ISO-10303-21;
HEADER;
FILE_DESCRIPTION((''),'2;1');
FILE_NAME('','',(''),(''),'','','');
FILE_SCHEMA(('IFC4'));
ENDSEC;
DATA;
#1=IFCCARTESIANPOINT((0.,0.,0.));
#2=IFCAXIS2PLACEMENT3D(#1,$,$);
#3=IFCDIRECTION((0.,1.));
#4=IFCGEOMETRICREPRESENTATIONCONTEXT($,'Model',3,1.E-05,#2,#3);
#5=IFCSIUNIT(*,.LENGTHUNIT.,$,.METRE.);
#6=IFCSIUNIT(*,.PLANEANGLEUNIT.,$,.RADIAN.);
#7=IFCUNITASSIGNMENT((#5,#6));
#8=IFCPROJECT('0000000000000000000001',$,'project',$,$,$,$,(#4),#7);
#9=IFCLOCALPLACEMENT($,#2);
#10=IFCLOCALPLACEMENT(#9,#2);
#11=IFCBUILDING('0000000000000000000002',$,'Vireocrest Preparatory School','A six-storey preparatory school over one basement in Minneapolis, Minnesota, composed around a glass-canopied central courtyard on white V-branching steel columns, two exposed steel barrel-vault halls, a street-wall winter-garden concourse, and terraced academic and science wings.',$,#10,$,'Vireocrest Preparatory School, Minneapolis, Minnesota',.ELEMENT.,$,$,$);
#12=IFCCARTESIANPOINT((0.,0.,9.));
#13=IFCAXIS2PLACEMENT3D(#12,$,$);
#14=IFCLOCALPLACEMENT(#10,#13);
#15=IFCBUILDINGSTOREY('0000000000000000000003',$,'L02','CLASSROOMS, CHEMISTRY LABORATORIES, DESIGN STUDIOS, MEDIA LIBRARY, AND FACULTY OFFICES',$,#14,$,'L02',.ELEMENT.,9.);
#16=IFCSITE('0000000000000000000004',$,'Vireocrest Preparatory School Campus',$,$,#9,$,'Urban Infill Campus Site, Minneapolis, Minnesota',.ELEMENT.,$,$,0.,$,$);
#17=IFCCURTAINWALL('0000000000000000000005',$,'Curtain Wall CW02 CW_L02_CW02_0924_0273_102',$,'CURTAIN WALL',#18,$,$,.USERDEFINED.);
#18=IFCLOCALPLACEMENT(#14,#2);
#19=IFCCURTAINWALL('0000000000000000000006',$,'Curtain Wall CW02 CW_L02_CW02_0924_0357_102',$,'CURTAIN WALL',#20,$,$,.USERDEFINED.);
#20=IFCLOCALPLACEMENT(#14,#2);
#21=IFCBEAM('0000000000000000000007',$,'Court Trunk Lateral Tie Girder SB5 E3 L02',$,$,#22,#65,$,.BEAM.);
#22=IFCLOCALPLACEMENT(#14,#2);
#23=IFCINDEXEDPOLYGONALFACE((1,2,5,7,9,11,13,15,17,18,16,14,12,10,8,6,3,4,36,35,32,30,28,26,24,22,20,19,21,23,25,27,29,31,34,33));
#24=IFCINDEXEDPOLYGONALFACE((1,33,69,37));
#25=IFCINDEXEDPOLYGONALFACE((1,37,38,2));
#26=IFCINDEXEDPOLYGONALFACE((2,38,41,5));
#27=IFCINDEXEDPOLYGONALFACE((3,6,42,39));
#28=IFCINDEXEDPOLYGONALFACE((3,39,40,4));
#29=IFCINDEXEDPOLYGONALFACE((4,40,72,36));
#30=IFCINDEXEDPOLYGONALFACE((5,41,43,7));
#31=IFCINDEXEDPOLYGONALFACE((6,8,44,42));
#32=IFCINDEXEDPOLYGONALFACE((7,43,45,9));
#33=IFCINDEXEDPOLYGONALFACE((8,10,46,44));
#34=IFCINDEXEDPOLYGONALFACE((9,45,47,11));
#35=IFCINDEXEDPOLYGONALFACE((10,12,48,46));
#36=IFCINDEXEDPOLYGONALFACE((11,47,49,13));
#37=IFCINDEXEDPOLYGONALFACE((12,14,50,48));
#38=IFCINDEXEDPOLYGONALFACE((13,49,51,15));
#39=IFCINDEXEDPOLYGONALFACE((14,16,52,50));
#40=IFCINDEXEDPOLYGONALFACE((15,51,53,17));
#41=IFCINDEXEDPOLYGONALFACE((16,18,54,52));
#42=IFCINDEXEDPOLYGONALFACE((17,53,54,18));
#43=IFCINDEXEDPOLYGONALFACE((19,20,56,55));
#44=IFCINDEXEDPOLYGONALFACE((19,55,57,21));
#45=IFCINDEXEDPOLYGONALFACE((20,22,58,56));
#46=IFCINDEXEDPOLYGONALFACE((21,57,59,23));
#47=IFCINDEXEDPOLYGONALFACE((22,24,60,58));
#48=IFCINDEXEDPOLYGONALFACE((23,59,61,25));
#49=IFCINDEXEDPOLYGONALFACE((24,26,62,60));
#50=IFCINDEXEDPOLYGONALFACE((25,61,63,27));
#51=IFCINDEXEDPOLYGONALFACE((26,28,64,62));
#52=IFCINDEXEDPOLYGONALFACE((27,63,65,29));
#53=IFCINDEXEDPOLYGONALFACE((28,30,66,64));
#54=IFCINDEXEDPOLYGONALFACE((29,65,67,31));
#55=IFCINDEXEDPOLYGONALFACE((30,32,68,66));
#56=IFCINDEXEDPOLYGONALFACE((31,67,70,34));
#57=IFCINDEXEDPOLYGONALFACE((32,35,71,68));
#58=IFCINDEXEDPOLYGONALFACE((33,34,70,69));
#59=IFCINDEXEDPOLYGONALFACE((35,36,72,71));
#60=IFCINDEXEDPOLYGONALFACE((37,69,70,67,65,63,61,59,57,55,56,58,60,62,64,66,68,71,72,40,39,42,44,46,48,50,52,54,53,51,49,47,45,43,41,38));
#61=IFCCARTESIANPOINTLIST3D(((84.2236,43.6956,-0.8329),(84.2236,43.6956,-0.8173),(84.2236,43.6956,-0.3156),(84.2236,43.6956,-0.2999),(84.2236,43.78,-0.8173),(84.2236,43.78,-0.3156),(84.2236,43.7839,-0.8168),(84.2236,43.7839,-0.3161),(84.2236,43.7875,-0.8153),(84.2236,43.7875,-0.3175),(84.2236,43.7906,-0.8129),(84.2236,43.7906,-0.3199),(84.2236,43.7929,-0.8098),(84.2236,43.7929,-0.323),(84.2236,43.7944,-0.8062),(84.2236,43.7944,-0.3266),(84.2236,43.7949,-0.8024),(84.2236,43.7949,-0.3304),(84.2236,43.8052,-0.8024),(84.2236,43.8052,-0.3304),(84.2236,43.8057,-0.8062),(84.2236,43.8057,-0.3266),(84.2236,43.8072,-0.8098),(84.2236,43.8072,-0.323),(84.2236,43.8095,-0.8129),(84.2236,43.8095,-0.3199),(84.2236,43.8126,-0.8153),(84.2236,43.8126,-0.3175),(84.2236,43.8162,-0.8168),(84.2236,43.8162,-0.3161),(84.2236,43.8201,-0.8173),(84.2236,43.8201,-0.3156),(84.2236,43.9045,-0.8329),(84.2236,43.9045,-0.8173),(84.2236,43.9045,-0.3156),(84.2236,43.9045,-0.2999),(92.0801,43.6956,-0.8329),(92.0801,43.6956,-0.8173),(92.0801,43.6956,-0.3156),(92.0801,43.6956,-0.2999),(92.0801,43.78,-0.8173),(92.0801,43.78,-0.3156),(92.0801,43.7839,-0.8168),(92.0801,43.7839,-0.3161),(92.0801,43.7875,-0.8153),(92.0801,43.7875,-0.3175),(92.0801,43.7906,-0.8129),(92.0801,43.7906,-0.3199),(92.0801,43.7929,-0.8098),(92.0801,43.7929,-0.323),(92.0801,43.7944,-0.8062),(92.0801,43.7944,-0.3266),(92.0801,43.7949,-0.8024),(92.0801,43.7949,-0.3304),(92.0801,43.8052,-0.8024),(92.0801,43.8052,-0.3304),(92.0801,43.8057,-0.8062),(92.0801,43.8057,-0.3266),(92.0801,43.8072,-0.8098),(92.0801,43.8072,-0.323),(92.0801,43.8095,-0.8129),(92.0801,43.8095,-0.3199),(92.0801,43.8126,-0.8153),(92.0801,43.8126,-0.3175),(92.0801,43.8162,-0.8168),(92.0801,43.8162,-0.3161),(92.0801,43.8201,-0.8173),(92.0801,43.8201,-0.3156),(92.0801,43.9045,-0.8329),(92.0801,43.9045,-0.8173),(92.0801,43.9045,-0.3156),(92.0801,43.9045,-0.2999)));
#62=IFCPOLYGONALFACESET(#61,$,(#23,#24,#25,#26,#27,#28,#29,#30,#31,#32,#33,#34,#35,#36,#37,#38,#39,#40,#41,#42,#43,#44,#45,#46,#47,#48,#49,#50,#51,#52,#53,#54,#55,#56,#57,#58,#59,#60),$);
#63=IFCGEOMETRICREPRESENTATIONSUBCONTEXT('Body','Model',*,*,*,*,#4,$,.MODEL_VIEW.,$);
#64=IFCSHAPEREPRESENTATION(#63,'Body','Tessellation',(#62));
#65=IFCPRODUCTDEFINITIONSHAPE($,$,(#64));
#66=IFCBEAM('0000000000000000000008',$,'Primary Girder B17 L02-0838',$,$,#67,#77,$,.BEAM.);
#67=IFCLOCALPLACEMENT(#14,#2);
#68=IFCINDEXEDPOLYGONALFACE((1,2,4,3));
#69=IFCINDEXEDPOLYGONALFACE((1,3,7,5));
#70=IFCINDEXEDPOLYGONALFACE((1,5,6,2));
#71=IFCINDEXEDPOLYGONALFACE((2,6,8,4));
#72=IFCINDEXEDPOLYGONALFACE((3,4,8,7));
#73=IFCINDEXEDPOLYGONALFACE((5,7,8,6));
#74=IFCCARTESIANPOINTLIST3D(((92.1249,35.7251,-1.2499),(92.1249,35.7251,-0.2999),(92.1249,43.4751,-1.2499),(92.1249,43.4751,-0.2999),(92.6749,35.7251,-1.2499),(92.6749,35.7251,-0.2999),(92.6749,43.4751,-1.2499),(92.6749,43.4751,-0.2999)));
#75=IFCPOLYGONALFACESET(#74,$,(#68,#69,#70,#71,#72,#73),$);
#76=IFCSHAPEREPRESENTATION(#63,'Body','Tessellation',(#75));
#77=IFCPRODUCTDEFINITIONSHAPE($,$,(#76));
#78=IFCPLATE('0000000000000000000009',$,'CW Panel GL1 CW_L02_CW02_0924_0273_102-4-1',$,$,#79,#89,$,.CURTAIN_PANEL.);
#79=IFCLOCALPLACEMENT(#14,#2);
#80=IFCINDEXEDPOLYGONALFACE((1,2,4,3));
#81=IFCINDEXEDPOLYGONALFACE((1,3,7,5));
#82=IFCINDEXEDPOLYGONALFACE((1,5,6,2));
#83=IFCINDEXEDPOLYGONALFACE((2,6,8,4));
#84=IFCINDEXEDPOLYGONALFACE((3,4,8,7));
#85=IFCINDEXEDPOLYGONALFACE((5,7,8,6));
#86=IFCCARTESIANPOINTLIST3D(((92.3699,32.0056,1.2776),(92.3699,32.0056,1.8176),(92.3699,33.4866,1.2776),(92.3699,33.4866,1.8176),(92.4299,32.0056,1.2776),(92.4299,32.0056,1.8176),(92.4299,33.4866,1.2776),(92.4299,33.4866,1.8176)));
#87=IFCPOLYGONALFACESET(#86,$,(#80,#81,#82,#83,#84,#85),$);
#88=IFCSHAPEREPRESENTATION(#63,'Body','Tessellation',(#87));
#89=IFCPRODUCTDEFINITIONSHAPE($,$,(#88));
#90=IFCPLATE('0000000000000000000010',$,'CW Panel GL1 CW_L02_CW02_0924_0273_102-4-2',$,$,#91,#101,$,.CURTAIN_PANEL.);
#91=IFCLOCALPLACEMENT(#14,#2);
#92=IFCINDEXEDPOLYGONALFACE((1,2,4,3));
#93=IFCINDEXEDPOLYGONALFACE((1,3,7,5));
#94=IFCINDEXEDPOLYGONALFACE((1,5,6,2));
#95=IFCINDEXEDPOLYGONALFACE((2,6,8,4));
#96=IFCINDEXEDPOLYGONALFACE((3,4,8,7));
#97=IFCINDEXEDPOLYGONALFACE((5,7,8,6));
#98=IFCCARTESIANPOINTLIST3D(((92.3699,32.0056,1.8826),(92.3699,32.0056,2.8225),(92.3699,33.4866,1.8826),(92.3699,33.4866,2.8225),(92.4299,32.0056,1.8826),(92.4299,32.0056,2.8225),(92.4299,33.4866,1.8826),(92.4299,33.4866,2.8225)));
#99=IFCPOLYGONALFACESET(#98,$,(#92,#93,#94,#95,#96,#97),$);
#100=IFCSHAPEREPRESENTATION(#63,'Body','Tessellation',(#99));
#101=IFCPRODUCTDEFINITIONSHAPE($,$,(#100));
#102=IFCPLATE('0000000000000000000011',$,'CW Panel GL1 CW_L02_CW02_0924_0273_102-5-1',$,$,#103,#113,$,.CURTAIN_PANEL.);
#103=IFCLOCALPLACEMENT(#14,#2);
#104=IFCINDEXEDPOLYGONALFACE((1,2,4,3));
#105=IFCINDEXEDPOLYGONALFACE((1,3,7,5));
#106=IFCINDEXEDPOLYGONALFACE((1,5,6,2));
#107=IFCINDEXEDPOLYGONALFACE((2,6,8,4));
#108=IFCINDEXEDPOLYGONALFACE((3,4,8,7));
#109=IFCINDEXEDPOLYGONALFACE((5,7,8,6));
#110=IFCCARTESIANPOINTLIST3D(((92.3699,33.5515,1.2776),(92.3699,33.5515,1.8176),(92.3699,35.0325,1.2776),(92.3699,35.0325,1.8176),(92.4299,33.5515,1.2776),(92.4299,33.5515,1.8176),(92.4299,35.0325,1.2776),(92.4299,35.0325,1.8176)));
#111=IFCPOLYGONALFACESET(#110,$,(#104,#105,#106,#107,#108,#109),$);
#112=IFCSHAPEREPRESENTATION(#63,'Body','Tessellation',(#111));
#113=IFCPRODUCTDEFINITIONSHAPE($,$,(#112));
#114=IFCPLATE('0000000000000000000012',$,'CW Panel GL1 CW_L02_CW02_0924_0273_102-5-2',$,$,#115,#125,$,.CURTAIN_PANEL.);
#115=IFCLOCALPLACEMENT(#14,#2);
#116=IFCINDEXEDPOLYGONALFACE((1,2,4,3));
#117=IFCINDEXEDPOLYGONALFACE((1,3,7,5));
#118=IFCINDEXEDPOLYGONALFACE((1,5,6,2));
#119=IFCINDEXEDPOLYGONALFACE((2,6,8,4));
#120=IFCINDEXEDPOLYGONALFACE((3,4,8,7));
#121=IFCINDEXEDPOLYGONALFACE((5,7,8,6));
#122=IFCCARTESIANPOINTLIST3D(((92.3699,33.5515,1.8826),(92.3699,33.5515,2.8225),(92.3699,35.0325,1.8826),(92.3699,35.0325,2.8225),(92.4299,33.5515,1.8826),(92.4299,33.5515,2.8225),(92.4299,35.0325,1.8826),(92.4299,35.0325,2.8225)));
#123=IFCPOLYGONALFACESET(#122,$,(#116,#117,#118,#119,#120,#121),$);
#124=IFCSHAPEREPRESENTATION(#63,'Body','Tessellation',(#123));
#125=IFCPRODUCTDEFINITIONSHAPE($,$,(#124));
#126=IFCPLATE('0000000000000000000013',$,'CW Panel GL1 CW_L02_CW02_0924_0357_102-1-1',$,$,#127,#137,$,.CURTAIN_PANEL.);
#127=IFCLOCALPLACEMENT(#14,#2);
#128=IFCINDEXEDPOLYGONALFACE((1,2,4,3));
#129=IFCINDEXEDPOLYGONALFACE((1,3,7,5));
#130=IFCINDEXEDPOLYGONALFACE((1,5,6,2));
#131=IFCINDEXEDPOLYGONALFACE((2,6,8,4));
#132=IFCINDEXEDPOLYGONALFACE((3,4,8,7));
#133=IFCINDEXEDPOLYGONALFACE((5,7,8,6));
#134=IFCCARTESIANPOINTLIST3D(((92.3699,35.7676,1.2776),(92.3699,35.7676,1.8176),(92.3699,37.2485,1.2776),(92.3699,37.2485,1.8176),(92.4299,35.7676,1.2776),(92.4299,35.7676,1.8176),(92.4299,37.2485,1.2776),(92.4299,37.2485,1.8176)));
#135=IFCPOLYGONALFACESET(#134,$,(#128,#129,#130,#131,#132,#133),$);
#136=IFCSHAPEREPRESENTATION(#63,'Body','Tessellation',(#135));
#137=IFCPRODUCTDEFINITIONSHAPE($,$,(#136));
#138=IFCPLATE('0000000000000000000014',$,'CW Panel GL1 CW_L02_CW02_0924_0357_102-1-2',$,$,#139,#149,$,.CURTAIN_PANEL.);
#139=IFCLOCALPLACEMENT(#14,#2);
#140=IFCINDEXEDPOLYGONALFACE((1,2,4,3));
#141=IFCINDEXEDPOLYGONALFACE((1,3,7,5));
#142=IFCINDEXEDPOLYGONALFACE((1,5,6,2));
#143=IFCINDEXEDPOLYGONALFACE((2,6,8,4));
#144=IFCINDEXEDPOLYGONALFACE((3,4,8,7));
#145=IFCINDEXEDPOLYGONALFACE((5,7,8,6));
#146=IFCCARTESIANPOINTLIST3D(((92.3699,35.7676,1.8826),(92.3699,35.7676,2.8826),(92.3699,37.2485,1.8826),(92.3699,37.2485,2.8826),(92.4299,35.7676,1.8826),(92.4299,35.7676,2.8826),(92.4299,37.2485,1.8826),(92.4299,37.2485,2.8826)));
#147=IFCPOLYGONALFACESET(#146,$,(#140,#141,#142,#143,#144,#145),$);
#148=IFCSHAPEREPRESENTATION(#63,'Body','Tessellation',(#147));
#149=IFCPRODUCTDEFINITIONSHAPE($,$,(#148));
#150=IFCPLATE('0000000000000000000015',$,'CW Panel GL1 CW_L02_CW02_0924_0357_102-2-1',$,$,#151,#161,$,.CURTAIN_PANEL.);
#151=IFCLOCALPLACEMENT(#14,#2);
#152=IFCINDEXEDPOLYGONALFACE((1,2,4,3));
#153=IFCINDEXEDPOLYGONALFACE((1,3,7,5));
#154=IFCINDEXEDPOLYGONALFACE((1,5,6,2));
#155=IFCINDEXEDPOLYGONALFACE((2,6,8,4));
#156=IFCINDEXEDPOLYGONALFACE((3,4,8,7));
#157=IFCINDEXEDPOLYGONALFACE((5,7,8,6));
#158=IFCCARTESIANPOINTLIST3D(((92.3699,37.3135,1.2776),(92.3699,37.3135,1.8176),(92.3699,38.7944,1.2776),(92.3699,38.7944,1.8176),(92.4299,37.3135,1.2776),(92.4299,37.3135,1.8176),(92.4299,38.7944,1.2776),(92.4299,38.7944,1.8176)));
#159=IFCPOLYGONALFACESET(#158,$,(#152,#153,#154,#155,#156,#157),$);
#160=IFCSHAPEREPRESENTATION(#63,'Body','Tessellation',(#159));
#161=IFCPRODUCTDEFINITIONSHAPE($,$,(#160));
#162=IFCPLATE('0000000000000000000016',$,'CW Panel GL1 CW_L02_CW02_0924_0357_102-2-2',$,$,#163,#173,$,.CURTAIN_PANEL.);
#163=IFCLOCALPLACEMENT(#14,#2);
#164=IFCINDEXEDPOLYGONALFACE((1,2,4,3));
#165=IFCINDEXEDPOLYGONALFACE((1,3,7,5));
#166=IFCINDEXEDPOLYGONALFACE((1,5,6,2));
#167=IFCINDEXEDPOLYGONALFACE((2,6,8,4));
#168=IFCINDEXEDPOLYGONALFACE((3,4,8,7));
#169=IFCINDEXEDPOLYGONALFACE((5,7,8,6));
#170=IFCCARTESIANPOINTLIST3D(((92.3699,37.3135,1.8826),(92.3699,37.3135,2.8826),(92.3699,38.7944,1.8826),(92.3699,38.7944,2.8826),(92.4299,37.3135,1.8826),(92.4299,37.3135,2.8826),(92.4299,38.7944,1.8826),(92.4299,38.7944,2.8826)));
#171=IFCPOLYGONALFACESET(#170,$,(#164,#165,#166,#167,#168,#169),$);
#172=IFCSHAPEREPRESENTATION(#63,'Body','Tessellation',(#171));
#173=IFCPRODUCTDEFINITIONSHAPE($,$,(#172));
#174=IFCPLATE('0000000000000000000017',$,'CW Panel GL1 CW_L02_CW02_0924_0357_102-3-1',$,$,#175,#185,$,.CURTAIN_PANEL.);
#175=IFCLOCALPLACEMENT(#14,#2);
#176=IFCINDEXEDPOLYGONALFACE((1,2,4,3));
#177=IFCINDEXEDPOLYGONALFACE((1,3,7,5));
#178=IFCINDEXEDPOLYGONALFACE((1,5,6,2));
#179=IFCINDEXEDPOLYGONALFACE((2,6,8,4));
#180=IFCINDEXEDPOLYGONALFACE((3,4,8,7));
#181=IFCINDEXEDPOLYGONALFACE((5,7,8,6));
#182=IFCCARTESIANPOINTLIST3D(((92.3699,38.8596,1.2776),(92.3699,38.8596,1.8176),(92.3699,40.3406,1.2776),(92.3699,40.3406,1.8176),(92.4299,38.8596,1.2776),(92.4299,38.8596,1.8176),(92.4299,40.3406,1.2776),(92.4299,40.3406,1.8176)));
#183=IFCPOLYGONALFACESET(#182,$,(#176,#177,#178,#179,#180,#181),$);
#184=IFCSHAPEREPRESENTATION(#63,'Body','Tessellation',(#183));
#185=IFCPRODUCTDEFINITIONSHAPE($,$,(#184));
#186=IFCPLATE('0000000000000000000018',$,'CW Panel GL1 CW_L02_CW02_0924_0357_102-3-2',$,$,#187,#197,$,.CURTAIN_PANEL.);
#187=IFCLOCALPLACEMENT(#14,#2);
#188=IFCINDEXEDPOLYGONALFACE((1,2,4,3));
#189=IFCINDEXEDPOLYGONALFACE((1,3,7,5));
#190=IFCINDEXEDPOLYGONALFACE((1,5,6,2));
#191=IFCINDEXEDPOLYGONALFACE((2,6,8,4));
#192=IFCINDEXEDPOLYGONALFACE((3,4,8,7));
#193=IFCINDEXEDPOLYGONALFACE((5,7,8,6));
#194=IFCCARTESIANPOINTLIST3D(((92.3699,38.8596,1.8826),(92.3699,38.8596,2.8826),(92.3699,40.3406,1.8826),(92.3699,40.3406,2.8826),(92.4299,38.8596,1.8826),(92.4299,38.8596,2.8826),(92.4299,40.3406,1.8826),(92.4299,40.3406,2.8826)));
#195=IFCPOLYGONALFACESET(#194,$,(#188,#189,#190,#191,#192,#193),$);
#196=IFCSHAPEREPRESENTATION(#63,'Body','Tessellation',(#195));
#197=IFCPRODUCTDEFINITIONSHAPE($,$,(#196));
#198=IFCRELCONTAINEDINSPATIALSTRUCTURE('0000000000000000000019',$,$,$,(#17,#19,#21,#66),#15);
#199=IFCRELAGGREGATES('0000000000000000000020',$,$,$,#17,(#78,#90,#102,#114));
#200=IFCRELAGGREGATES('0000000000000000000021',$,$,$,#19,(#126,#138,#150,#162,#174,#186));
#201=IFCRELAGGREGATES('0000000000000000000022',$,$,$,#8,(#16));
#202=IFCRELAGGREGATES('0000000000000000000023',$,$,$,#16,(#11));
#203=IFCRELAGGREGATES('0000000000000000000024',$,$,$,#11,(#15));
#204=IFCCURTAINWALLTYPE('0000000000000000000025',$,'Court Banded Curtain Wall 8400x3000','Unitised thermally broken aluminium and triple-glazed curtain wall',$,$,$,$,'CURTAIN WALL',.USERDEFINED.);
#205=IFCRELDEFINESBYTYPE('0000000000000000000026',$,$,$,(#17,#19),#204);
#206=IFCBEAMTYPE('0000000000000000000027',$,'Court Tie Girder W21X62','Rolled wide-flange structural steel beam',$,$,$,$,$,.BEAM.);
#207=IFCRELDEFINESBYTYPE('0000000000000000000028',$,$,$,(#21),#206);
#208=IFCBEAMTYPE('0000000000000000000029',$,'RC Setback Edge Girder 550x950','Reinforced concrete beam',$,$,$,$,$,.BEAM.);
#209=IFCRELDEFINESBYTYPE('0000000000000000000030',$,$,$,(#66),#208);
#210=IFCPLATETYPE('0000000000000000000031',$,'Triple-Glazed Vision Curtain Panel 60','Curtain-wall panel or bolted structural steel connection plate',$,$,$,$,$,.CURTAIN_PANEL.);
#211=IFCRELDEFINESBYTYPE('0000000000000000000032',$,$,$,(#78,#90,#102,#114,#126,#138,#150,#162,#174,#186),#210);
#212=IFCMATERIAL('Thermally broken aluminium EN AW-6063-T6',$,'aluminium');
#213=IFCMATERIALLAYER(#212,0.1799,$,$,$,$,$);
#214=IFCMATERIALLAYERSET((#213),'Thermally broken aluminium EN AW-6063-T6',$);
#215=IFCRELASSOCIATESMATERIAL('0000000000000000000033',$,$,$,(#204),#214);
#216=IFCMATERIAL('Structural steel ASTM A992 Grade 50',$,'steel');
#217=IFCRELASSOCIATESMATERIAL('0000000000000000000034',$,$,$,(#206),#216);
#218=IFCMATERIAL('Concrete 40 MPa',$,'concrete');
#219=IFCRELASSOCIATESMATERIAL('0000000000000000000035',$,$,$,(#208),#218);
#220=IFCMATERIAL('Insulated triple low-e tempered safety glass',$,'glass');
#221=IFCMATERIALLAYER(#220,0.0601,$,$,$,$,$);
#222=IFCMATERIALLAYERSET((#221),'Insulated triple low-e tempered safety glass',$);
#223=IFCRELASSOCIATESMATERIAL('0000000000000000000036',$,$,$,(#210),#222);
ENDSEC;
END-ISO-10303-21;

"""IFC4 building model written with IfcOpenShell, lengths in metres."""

from ifc_helpers import new_model, si_unit, direction, frame, origin, origin_2d, place, context, subcontext, project, spatial, rectangle, i_section, extrude, material, layer, layer_set, material_profile, profile_set, type_object, element, aggregate, save


model = new_model("IFC4")

# Units and contexts
model_context = context("Model", 3, precision=1e-05, world=origin(), true_north=direction((0.0, 1.0)))
body_context = subcontext(model_context, "Body", "Model", "MODEL_VIEW")
ifc_project = project(units=[si_unit("LENGTHUNIT", "METRE"), si_unit("PLANEANGLEUNIT", "RADIAN")], contexts=[model_context])

# Site, building, storey
site_placement = place(None, origin())
site = spatial("IfcSite", under=ifc_project, at=site_placement, Name="Vireocrest Preparatory School Campus", LongName="Urban Infill Campus Site, Minneapolis, Minnesota", CompositionType="ELEMENT", RefElevation=0.0)
building_placement = place(site_placement, origin())
building = spatial("IfcBuilding", under=site, at=building_placement, Name="Vireocrest Preparatory School", Description="A six-storey preparatory school over one basement in Minneapolis, Minnesota, composed around a glass-canopied central courtyard on white V-branching steel columns, two exposed steel barrel-vault halls, a street-wall winter-garden concourse, and terraced academic and science wings.", LongName="Vireocrest Preparatory School, Minneapolis, Minnesota", CompositionType="ELEMENT")
storey_placement = place(building_placement, frame((0.0, 0.0, 9.0)))
storey = spatial("IfcBuildingStorey", under=building, at=storey_placement, Name="L02", Description="CLASSROOMS, CHEMISTRY LABORATORIES, DESIGN STUDIOS, MEDIA LIBRARY, AND FACULTY OFFICES", LongName="L02", CompositionType="ELEMENT", Elevation=9.0)

# Curtain walls
ifc_material_1 = material(Name="Thermally broken aluminium EN AW-6063-T6", Category="aluminium")
ifc_layer_1 = layer(ifc_material_1, 0.1799)
ifc_layer_set_1 = layer_set([ifc_layer_1], Name="Thermally broken aluminium EN AW-6063-T6")
curtain_wall_type = type_object("IfcCurtainWallType", Name="Court Banded Curtain Wall 8400x3000", Description="Unitised thermally broken aluminium and triple-glazed curtain wall", ElementType="CURTAIN WALL", PredefinedType="USERDEFINED", material=ifc_layer_set_1)
curtain_wall_1_placement = place(storey_placement, origin())
curtain_wall_1 = element("IfcCurtainWall", 1, at=curtain_wall_1_placement, inside=storey, type_object=curtain_wall_type, Name="Curtain Wall CW02 CW_L02_CW02_0924_0273_102", ObjectType="CURTAIN WALL", PredefinedType="USERDEFINED")
curtain_wall_2_placement = place(storey_placement, origin())
curtain_wall_2 = element("IfcCurtainWall", 2, at=curtain_wall_2_placement, inside=storey, type_object=curtain_wall_type, Name="Curtain Wall CW02 CW_L02_CW02_0924_0357_102", ObjectType="CURTAIN WALL", PredefinedType="USERDEFINED")

# Beams
ifc_material_2 = material(Name="Structural steel ASTM A992 Grade 50", Category="steel")
ifc_material_profile_1 = material_profile(ifc_material_2, i_section(OverallWidth=0.209, OverallDepth=0.533, WebThickness=0.0103, FlangeThickness=0.0156, FilletRadius=0.0149, at=origin_2d()), Name="W21X62")
ifc_profile_set_1 = profile_set([ifc_material_profile_1], Name="Structural steel ASTM A992 Grade 50")
beam_type_1 = type_object("IfcBeamType", Name="Court Tie Girder W21X62", Description="Rolled wide-flange structural steel beam", PredefinedType="BEAM", material=ifc_profile_set_1)
for number, where, z_axis, x_axis, name in (
    (3, (84.2236, 43.8, -0.5664), (1.0, 0.0, 0.0), (0.0, 1.0, 0.0), "Court Trunk Lateral Tie Girder SB5 E3 L02"),
):
    element("IfcBeam", number, at=place(storey_placement, frame(where, z_axis=z_axis, x_axis=x_axis)), inside=storey, type_object=beam_type_1, Name=name, PredefinedType="BEAM", context=body_context, shape_type="SweptSolid", body=[
        extrude(i_section(OverallWidth=0.209, OverallDepth=0.533, WebThickness=0.0103, FlangeThickness=0.0156, FilletRadius=0.0149, at=origin_2d()), origin(), (0.0, 0.0, 1.0), 7.8564),
    ])
ifc_material_3 = material(Name="Concrete 40 MPa", Category="concrete")
ifc_material_profile_2 = material_profile(ifc_material_3, rectangle(XDim=0.55, YDim=0.95, at=origin_2d()), Name="RC 550x950")
ifc_profile_set_2 = profile_set([ifc_material_profile_2], Name="Concrete 40 MPa")
beam_type_2 = type_object("IfcBeamType", Name="RC Setback Edge Girder 550x950", Description="Reinforced concrete beam", PredefinedType="BEAM", material=ifc_profile_set_2)
beam_placement = place(storey_placement, frame((92.3999, 35.7251, -0.7749), z_axis=(0.0, 1.0, 0.0), x_axis=(-1.0, 0.0, 0.0)))
element("IfcBeam", 4, at=beam_placement, inside=storey, type_object=beam_type_2, Name="Primary Girder B17 L02-0838", PredefinedType="BEAM", context=body_context, shape_type="SweptSolid", body=[
    extrude(rectangle(XDim=0.55, YDim=0.95, at=origin_2d()), origin(), (0.0, 0.0, 1.0), 7.75),
])

# Plates
ifc_material_4 = material(Name="Insulated triple low-e tempered safety glass", Category="glass")
ifc_layer_2 = layer(ifc_material_4, 0.0601)
ifc_layer_set_2 = layer_set([ifc_layer_2], Name="Insulated triple low-e tempered safety glass")
plate_type = type_object("IfcPlateType", Name="Triple-Glazed Vision Curtain Panel 60", Description="Curtain-wall panel or bolted structural steel connection plate", PredefinedType="CURTAIN_PANEL", material=ifc_layer_set_2)
plate_1_placement = place(storey_placement, frame((92.3999, 32.7461, 1.2776), z_axis=(0.0, 0.0, 1.0), x_axis=(0.0, 1.0, 0.0)))
plate_1 = element("IfcPlate", 5, at=plate_1_placement, type_object=plate_type, Name="CW Panel GL1 CW_L02_CW02_0924_0273_102-4-1", PredefinedType="CURTAIN_PANEL", context=body_context, shape_type="SweptSolid", body=[
    extrude(rectangle(XDim=1.481, YDim=0.0601, at=origin_2d()), origin(), (0.0, 0.0, 1.0), 0.54),
])
plate_2_placement = place(storey_placement, frame((92.3999, 32.7461, 1.8826), z_axis=(0.0, 0.0, 1.0), x_axis=(0.0, 1.0, 0.0)))
plate_2 = element("IfcPlate", 6, at=plate_2_placement, type_object=plate_type, Name="CW Panel GL1 CW_L02_CW02_0924_0273_102-4-2", PredefinedType="CURTAIN_PANEL", context=body_context, shape_type="SweptSolid", body=[
    extrude(rectangle(XDim=1.481, YDim=0.0601, at=origin_2d()), origin(), (0.0, 0.0, 1.0), 0.9399),
])
plate_3_placement = place(storey_placement, frame((92.3999, 34.292, 1.2776), z_axis=(0.0, 0.0, 1.0), x_axis=(0.0, 1.0, 0.0)))
plate_3 = element("IfcPlate", 7, at=plate_3_placement, type_object=plate_type, Name="CW Panel GL1 CW_L02_CW02_0924_0273_102-5-1", PredefinedType="CURTAIN_PANEL", context=body_context, shape_type="SweptSolid", body=[
    extrude(rectangle(XDim=1.481, YDim=0.0601, at=origin_2d()), origin(), (0.0, 0.0, 1.0), 0.54),
])
plate_4_placement = place(storey_placement, frame((92.3999, 34.292, 1.8826), z_axis=(0.0, 0.0, 1.0), x_axis=(0.0, 1.0, 0.0)))
plate_4 = element("IfcPlate", 8, at=plate_4_placement, type_object=plate_type, Name="CW Panel GL1 CW_L02_CW02_0924_0273_102-5-2", PredefinedType="CURTAIN_PANEL", context=body_context, shape_type="SweptSolid", body=[
    extrude(rectangle(XDim=1.481, YDim=0.0601, at=origin_2d()), origin(), (0.0, 0.0, 1.0), 0.9399),
])
aggregate(curtain_wall_1, [plate_1, plate_2, plate_3, plate_4])
plate_5_placement = place(storey_placement, frame((92.3999, 36.5081, 1.2776), z_axis=(0.0, 0.0, 1.0), x_axis=(0.0, 1.0, 0.0)))
plate_5 = element("IfcPlate", 9, at=plate_5_placement, type_object=plate_type, Name="CW Panel GL1 CW_L02_CW02_0924_0357_102-1-1", PredefinedType="CURTAIN_PANEL", context=body_context, shape_type="SweptSolid", body=[
    extrude(rectangle(XDim=1.481, YDim=0.0601, at=origin_2d()), origin(), (0.0, 0.0, 1.0), 0.54),
])
plate_6_placement = place(storey_placement, frame((92.3999, 36.5081, 1.8826), z_axis=(0.0, 0.0, 1.0), x_axis=(0.0, 1.0, 0.0)))
plate_6 = element("IfcPlate", 10, at=plate_6_placement, type_object=plate_type, Name="CW Panel GL1 CW_L02_CW02_0924_0357_102-1-2", PredefinedType="CURTAIN_PANEL", context=body_context, shape_type="SweptSolid", body=[
    extrude(rectangle(XDim=1.481, YDim=0.0601, at=origin_2d()), origin(), (0.0, 0.0, 1.0), 1.0),
])
plate_7_placement = place(storey_placement, frame((92.3999, 38.054, 1.2776), z_axis=(0.0, 0.0, 1.0), x_axis=(0.0, 1.0, 0.0)))
plate_7 = element("IfcPlate", 11, at=plate_7_placement, type_object=plate_type, Name="CW Panel GL1 CW_L02_CW02_0924_0357_102-2-1", PredefinedType="CURTAIN_PANEL", context=body_context, shape_type="SweptSolid", body=[
    extrude(rectangle(XDim=1.481, YDim=0.0601, at=origin_2d()), origin(), (0.0, 0.0, 1.0), 0.54),
])
plate_8_placement = place(storey_placement, frame((92.3999, 38.054, 1.8826), z_axis=(0.0, 0.0, 1.0), x_axis=(0.0, 1.0, 0.0)))
plate_8 = element("IfcPlate", 12, at=plate_8_placement, type_object=plate_type, Name="CW Panel GL1 CW_L02_CW02_0924_0357_102-2-2", PredefinedType="CURTAIN_PANEL", context=body_context, shape_type="SweptSolid", body=[
    extrude(rectangle(XDim=1.481, YDim=0.0601, at=origin_2d()), origin(), (0.0, 0.0, 1.0), 1.0),
])
plate_9_placement = place(storey_placement, frame((92.3999, 39.6001, 1.2776), z_axis=(0.0, 0.0, 1.0), x_axis=(0.0, 1.0, 0.0)))
plate_9 = element("IfcPlate", 13, at=plate_9_placement, type_object=plate_type, Name="CW Panel GL1 CW_L02_CW02_0924_0357_102-3-1", PredefinedType="CURTAIN_PANEL", context=body_context, shape_type="SweptSolid", body=[
    extrude(rectangle(XDim=1.481, YDim=0.0601, at=origin_2d()), origin(), (0.0, 0.0, 1.0), 0.54),
])
plate_10_placement = place(storey_placement, frame((92.3999, 39.6001, 1.8826), z_axis=(0.0, 0.0, 1.0), x_axis=(0.0, 1.0, 0.0)))
plate_10 = element("IfcPlate", 14, at=plate_10_placement, type_object=plate_type, Name="CW Panel GL1 CW_L02_CW02_0924_0357_102-3-2", PredefinedType="CURTAIN_PANEL", context=body_context, shape_type="SweptSolid", body=[
    extrude(rectangle(XDim=1.481, YDim=0.0601, at=origin_2d()), origin(), (0.0, 0.0, 1.0), 1.0),
])
aggregate(curtain_wall_2, [plate_5, plate_6, plate_7, plate_8, plate_9, plate_10])

save(model, "model.ifc")
